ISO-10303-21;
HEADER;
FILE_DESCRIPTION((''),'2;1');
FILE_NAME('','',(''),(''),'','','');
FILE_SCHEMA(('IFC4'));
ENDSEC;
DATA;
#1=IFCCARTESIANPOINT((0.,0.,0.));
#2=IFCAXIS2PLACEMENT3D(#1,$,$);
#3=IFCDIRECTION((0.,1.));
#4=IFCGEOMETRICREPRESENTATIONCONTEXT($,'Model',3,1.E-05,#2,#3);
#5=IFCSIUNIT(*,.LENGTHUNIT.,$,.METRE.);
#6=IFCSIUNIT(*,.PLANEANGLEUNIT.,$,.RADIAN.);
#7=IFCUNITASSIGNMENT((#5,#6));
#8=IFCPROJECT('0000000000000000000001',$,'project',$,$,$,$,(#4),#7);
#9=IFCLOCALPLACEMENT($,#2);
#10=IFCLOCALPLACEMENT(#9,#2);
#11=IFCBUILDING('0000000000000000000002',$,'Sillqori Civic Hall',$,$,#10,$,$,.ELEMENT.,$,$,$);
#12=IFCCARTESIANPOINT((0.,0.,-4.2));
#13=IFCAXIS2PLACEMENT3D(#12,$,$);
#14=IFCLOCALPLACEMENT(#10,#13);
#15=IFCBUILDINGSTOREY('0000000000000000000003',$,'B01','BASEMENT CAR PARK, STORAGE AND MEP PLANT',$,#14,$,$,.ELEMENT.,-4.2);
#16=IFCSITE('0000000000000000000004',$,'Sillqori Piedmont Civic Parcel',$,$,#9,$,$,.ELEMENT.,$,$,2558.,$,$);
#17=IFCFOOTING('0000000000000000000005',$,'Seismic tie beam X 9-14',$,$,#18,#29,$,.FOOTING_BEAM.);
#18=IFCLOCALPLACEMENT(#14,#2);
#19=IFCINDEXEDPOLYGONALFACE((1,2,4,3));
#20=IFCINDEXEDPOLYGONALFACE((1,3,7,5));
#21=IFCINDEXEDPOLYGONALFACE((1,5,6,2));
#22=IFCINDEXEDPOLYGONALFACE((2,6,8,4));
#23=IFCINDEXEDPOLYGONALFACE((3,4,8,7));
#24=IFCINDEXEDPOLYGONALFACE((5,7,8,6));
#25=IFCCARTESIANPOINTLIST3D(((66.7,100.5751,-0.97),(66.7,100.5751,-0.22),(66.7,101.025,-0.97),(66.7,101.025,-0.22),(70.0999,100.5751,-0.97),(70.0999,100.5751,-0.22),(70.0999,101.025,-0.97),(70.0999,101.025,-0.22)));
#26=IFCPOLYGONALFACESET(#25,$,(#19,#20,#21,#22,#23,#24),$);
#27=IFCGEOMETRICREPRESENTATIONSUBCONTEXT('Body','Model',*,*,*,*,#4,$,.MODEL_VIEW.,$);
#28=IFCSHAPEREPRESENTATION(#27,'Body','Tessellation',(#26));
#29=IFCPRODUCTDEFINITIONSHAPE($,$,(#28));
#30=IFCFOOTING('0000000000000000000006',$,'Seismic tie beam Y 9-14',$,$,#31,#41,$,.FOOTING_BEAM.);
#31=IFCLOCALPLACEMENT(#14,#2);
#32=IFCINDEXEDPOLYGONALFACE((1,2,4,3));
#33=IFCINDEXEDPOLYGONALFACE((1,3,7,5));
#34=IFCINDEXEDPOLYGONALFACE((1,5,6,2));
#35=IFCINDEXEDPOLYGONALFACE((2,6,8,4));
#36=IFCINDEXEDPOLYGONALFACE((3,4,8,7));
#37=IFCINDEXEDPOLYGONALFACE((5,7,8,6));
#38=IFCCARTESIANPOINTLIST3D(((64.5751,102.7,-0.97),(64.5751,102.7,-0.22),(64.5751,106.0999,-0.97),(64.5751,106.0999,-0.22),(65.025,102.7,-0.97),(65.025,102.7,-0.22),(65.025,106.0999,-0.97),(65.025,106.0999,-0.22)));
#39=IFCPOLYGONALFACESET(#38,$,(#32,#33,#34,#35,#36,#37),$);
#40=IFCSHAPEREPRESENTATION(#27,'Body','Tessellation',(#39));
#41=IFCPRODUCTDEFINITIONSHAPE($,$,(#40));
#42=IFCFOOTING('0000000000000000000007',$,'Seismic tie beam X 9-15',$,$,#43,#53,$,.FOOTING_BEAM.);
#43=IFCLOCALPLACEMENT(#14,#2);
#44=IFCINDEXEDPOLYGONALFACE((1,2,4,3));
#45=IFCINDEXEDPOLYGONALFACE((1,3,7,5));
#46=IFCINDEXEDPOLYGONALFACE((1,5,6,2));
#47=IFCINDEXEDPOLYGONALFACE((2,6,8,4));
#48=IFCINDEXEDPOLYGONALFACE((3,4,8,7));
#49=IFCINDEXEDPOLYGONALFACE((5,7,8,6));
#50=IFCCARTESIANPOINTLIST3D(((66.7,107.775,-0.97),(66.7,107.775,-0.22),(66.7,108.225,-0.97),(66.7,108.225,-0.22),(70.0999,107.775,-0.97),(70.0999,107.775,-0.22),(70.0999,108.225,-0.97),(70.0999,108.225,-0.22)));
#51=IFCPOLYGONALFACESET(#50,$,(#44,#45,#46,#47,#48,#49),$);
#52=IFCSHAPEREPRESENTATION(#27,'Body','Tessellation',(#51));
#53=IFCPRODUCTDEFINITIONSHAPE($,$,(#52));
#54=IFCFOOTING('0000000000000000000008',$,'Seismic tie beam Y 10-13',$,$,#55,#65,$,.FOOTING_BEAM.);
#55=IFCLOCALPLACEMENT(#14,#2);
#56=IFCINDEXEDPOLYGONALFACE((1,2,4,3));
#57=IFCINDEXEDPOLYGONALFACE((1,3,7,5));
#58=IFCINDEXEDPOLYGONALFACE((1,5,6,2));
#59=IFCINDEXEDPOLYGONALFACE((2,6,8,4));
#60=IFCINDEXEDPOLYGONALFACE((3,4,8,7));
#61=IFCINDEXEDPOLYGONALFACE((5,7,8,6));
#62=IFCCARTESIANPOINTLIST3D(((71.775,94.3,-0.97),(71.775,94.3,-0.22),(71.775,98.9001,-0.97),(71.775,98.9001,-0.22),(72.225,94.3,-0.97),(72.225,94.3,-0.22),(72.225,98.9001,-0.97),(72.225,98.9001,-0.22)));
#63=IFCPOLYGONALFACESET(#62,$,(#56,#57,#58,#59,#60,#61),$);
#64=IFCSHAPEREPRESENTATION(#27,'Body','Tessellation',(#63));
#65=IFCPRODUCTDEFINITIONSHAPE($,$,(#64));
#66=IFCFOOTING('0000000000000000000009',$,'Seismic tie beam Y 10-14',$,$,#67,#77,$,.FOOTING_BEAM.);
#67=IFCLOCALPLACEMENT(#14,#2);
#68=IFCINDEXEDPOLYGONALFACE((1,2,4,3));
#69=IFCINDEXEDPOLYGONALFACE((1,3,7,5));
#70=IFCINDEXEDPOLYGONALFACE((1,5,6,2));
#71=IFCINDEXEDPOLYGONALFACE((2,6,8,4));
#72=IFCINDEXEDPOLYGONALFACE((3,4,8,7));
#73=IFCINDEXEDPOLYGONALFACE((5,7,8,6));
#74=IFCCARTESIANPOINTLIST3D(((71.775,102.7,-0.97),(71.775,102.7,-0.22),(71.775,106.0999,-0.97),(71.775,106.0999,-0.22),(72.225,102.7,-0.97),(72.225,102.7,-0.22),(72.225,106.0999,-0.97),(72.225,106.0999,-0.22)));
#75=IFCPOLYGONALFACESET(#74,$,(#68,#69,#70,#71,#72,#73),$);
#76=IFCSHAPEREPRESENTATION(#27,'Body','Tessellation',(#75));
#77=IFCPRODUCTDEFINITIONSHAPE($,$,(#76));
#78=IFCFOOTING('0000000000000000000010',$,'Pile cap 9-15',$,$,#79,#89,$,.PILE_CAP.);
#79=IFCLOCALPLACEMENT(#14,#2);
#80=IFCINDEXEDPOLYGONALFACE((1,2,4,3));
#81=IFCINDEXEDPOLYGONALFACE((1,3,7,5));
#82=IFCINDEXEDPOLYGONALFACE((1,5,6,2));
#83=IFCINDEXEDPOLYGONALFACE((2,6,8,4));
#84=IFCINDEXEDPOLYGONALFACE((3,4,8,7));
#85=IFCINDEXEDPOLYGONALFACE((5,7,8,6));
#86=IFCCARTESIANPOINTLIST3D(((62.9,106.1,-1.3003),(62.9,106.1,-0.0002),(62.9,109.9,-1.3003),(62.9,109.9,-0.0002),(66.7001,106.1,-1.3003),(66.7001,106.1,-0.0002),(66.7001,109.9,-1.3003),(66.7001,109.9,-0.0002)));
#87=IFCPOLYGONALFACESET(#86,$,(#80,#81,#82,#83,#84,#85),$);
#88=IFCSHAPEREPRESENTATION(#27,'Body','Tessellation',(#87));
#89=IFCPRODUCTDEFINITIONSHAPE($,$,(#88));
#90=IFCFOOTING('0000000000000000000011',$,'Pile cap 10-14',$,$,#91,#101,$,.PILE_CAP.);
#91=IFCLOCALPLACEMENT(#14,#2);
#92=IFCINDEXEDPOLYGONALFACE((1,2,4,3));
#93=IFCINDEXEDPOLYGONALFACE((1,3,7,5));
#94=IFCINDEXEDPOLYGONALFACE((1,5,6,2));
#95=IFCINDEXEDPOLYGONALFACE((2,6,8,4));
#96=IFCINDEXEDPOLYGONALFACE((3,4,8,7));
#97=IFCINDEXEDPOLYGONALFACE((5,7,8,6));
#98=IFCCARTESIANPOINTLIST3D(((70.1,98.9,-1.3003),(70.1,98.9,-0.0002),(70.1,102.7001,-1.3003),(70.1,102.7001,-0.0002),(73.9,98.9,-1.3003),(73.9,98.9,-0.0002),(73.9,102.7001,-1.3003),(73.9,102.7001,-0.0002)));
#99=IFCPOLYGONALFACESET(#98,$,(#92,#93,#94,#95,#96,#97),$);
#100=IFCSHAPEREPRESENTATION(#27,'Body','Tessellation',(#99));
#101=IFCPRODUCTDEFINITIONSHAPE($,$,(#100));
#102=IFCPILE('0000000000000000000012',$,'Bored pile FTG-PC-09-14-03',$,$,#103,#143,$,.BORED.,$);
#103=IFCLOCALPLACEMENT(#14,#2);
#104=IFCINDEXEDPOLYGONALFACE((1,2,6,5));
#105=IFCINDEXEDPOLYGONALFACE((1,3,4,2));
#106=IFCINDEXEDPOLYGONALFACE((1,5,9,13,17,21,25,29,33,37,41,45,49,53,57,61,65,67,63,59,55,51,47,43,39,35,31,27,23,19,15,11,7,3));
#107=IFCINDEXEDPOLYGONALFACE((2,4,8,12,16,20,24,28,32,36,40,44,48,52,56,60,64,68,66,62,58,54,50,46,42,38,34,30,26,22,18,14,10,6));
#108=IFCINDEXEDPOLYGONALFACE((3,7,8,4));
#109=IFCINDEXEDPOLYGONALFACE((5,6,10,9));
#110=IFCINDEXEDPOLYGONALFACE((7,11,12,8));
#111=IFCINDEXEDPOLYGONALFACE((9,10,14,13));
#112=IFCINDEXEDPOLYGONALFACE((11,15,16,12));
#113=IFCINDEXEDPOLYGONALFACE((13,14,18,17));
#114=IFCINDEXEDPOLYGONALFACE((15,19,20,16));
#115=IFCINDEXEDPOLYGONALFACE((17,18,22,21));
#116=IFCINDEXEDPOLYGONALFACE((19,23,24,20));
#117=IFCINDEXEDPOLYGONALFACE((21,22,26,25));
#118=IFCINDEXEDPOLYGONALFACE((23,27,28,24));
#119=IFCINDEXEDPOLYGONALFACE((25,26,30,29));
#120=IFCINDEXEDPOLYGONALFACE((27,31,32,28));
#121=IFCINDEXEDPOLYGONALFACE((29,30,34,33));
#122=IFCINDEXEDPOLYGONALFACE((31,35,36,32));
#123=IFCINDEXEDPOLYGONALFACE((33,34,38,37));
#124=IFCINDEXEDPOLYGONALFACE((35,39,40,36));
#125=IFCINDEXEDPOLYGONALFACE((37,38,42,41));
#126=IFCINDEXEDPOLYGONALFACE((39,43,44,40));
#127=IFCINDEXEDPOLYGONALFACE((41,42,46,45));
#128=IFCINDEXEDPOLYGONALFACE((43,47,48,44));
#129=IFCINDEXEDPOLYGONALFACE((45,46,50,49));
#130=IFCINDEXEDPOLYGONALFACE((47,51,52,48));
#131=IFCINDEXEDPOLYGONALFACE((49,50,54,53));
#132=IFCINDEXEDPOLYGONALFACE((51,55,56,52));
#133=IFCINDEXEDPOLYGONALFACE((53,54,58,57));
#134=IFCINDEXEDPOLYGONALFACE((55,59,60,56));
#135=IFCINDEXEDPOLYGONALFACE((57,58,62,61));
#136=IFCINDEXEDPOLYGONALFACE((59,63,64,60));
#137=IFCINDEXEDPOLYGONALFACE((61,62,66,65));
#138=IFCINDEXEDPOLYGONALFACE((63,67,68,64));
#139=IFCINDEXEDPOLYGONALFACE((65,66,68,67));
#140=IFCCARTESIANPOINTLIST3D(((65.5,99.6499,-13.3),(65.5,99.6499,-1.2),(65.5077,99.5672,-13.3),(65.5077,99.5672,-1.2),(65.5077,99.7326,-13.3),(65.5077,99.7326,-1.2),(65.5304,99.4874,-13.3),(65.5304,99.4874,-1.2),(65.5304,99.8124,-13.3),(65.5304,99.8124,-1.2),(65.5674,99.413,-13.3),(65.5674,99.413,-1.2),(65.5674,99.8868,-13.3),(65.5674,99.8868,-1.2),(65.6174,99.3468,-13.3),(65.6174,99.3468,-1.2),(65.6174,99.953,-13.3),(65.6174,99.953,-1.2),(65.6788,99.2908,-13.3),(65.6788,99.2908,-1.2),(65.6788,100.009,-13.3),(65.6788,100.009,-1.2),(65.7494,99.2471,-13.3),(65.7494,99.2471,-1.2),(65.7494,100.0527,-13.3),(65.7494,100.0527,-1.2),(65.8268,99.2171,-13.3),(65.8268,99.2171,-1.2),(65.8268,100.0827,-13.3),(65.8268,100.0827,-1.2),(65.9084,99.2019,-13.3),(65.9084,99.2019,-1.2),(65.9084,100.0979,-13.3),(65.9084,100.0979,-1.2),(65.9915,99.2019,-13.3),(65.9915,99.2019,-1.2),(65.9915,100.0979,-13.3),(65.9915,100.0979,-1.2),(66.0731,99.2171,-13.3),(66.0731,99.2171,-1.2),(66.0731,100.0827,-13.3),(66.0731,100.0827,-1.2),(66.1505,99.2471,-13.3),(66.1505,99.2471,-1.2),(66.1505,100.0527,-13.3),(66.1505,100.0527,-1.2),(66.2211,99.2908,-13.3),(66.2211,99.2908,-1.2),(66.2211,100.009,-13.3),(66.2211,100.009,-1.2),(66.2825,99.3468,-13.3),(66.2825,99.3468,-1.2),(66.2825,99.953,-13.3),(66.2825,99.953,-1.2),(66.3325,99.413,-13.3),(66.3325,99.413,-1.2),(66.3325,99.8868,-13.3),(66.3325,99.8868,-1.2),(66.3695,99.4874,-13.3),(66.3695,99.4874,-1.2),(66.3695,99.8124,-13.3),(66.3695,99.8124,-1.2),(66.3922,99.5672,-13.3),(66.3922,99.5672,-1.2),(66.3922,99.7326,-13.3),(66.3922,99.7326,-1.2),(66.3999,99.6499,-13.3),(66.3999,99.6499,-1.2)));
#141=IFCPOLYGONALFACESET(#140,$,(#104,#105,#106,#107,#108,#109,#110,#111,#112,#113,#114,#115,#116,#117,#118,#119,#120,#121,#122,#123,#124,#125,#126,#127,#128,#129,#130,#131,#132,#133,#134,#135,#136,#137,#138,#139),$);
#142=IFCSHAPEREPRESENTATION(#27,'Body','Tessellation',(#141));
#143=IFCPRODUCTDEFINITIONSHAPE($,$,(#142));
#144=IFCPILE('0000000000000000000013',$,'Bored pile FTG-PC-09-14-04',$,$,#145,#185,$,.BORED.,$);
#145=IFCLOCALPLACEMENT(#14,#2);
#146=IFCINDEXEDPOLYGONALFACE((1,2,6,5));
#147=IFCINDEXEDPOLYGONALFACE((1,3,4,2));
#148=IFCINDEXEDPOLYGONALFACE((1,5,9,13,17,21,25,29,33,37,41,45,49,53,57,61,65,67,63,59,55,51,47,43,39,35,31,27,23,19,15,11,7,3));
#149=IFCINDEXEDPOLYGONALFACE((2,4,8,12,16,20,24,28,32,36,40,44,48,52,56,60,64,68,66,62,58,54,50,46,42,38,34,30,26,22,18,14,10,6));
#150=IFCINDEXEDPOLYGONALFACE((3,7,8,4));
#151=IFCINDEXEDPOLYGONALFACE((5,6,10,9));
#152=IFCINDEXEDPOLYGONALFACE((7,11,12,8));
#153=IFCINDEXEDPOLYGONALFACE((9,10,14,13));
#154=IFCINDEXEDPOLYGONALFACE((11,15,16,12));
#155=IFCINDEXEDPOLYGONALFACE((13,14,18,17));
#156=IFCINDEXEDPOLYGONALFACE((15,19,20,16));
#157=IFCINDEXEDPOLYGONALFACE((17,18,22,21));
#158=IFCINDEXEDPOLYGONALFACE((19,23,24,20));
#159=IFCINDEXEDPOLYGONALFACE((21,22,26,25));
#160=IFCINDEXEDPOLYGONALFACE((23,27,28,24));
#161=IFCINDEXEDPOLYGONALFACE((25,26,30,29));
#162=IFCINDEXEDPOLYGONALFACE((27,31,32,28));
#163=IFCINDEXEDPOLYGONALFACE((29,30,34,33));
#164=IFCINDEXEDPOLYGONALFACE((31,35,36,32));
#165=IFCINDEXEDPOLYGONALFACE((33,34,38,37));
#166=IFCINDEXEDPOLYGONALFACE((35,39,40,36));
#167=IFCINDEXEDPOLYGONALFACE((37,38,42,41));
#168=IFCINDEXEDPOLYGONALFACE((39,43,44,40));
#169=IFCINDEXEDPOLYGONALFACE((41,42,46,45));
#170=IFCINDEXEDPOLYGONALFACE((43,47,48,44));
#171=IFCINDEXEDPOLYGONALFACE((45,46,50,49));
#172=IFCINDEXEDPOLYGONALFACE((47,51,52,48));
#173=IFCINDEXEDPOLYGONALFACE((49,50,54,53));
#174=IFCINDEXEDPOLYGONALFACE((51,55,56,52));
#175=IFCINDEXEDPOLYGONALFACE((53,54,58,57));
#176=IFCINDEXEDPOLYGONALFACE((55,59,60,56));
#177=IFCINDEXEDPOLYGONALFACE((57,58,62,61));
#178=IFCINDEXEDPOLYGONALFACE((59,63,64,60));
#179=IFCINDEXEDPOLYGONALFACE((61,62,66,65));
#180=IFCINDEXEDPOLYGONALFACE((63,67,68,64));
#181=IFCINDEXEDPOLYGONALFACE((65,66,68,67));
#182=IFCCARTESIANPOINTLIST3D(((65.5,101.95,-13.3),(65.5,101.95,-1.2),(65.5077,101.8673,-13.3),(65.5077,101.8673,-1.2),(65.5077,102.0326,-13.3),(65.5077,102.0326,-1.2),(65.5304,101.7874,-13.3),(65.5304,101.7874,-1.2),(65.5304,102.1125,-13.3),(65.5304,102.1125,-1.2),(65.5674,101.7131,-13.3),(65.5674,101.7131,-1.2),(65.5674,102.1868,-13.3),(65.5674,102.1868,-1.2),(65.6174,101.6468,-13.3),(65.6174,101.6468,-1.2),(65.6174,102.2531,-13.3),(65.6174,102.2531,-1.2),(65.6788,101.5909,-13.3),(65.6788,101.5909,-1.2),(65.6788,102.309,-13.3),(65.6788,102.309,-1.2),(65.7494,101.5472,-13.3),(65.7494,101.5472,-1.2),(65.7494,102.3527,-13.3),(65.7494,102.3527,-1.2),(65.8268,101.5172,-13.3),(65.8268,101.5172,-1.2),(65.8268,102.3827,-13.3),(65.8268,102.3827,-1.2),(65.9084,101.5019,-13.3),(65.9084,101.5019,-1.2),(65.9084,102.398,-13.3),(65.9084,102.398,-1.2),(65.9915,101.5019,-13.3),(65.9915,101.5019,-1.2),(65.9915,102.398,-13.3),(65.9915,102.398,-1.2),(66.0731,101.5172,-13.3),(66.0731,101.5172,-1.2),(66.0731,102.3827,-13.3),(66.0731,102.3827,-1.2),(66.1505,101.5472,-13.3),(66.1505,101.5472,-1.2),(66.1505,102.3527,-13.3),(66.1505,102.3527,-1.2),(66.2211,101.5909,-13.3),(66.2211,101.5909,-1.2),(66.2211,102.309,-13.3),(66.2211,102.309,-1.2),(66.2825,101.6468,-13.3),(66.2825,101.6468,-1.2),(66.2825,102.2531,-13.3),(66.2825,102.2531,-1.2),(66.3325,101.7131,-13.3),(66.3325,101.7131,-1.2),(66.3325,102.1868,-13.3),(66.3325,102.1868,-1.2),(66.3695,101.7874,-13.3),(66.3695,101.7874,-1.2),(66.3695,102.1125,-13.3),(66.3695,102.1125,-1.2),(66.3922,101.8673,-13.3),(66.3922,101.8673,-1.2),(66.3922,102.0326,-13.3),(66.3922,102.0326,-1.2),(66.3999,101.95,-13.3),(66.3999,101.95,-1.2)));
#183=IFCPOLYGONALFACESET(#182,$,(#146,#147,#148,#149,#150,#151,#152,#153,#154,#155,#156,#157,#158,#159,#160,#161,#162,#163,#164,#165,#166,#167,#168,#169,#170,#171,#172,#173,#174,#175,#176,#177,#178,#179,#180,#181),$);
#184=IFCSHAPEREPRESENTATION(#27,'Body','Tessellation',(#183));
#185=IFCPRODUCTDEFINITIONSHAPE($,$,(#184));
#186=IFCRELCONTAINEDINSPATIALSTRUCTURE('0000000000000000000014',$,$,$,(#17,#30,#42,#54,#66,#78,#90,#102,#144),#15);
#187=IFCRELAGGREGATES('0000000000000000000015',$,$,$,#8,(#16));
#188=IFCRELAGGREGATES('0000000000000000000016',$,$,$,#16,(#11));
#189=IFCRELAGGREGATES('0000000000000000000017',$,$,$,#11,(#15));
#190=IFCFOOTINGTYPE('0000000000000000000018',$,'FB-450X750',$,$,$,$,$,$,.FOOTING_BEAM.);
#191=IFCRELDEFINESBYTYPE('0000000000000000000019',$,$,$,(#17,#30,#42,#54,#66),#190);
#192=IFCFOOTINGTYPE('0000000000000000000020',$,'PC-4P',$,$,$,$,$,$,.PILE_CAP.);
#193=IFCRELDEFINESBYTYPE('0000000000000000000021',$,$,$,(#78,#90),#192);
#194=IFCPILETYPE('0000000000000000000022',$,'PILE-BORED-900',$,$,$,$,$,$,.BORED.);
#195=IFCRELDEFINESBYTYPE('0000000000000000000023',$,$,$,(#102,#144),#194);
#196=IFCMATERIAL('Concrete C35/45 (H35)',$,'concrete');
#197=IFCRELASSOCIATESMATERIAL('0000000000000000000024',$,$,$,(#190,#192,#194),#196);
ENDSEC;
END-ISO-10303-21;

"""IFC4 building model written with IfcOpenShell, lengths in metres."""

from ifc_helpers import new_model, si_unit, direction, frame, origin, origin_2d, place, context, subcontext, project, spatial, rectangle, circle, extrude, material, material_profile, profile_set, type_object, element, save


model = new_model("IFC4")

# Units and contexts
model_context = context("Model", 3, precision=1e-05, world=origin(), true_north=direction((0.0, 1.0)))
body_context = subcontext(model_context, "Body", "Model", "MODEL_VIEW")
ifc_project = project(units=[si_unit("LENGTHUNIT", "METRE"), si_unit("PLANEANGLEUNIT", "RADIAN")], contexts=[model_context])

# Site, building, storey
site_placement = place(None, origin())
site = spatial("IfcSite", under=ifc_project, at=site_placement, Name="Sillqori Piedmont Civic Parcel", CompositionType="ELEMENT", RefElevation=2558.0)
building_placement = place(site_placement, origin())
building = spatial("IfcBuilding", under=site, at=building_placement, Name="Sillqori Civic Hall", CompositionType="ELEMENT")
storey_placement = place(building_placement, frame((0.0, 0.0, -4.2)))
storey = spatial("IfcBuildingStorey", under=building, at=storey_placement, Name="B01", Description="BASEMENT CAR PARK, STORAGE AND MEP PLANT", CompositionType="ELEMENT", Elevation=-4.2)

# Footings
ifc_material_1 = material(Name="Concrete C35/45 (H35)", Category="concrete")
footing_type_1 = type_object("IfcFootingType", Name="FB-450X750", PredefinedType="FOOTING_BEAM", material=ifc_material_1)
footing_1_placement = place(storey_placement, frame((68.3999, 100.8, -0.97), z_axis=(0.0, 0.0, 1.0), x_axis=(1.0, 0.0, 0.0)))
element("IfcFooting", 1, at=footing_1_placement, inside=storey, type_object=footing_type_1, Name="Seismic tie beam X 9-14", PredefinedType="FOOTING_BEAM", context=body_context, shape_type="SweptSolid", body=[
    extrude(rectangle(XDim=3.3999, YDim=0.45, at=origin_2d()), origin(), (0.0, 0.0, 1.0), 0.75),
])
footing_2_placement = place(storey_placement, frame((64.8, 104.3999, -0.97), z_axis=(0.0, 0.0, 1.0), x_axis=(1.0, 0.0, 0.0)))
element("IfcFooting", 2, at=footing_2_placement, inside=storey, type_object=footing_type_1, Name="Seismic tie beam Y 9-14", PredefinedType="FOOTING_BEAM", context=body_context, shape_type="SweptSolid", body=[
    extrude(rectangle(XDim=0.45, YDim=3.3999, at=origin_2d()), origin(), (0.0, 0.0, 1.0), 0.75),
])
footing_3_placement = place(storey_placement, frame((68.3999, 108.0, -0.97), z_axis=(0.0, 0.0, 1.0), x_axis=(1.0, 0.0, 0.0)))
element("IfcFooting", 3, at=footing_3_placement, inside=storey, type_object=footing_type_1, Name="Seismic tie beam X 9-15", PredefinedType="FOOTING_BEAM", context=body_context, shape_type="SweptSolid", body=[
    extrude(rectangle(XDim=3.3999, YDim=0.45, at=origin_2d()), origin(), (0.0, 0.0, 1.0), 0.75),
])
footing_4_placement = place(storey_placement, frame((72.0, 96.6001, -0.97), z_axis=(0.0, 0.0, 1.0), x_axis=(1.0, 0.0, 0.0)))
element("IfcFooting", 4, at=footing_4_placement, inside=storey, type_object=footing_type_1, Name="Seismic tie beam Y 10-13", PredefinedType="FOOTING_BEAM", context=body_context, shape_type="SweptSolid", body=[
    extrude(rectangle(XDim=0.45, YDim=4.6001, at=origin_2d()), origin(), (0.0, 0.0, 1.0), 0.75),
])
footing_5_placement = place(storey_placement, frame((72.0, 104.3999, -0.97), z_axis=(0.0, 0.0, 1.0), x_axis=(1.0, 0.0, 0.0)))
element("IfcFooting", 5, at=footing_5_placement, inside=storey, type_object=footing_type_1, Name="Seismic tie beam Y 10-14", PredefinedType="FOOTING_BEAM", context=body_context, shape_type="SweptSolid", body=[
    extrude(rectangle(XDim=0.45, YDim=3.3999, at=origin_2d()), origin(), (0.0, 0.0, 1.0), 0.75),
])
footing_type_2 = type_object("IfcFootingType", Name="PC-4P", PredefinedType="PILE_CAP", material=ifc_material_1)
for number, where, z_axis, x_axis, name in (
    (6, (64.8, 108.0, -1.3003), (0.0, 0.0, 1.0), (1.0, 0.0, 0.0), "Pile cap 9-15"),
    (7, (72.0, 100.8, -1.3003), (0.0, 0.0, 1.0), (1.0, 0.0, 0.0), "Pile cap 10-14"),
):
    element("IfcFooting", number, at=place(storey_placement, frame(where, z_axis=z_axis, x_axis=x_axis)), inside=storey, type_object=footing_type_2, Name=name, PredefinedType="PILE_CAP", context=body_context, shape_type="SweptSolid", body=[
        extrude(rectangle(XDim=3.8, YDim=3.8, at=origin_2d()), origin(), (0.0, 0.0, 1.0), 1.3),
    ])

# Piles
ifc_material_profile_1 = material_profile(ifc_material_1, circle(Radius=0.45, at=origin_2d()), Name="BORED PILE 900")
ifc_profile_set_1 = profile_set([ifc_material_profile_1], Name="Concrete C35/45 (H35)")
pile_type = type_object("IfcPileType", Name="PILE-BORED-900", PredefinedType="BORED", material=ifc_profile_set_1)
for number, where, z_axis, x_axis, name in (
    (8, (65.95, 99.6499, -1.2), (0.0, 0.0, -1.0), (1.0, 0.0, 0.0), "Bored pile FTG-PC-09-14-03"),
    (9, (65.95, 101.95, -1.2), (0.0, 0.0, -1.0), (1.0, 0.0, 0.0), "Bored pile FTG-PC-09-14-04"),
):
    element("IfcPile", number, at=place(storey_placement, frame(where, z_axis=z_axis, x_axis=x_axis)), inside=storey, type_object=pile_type, Name=name, PredefinedType="BORED", context=body_context, shape_type="SweptSolid", body=[
        extrude(circle(Radius=0.45, at=origin_2d()), origin(), (0.0, 0.0, 1.0), 12.1001),
    ])

save(model, "model.ifc")
